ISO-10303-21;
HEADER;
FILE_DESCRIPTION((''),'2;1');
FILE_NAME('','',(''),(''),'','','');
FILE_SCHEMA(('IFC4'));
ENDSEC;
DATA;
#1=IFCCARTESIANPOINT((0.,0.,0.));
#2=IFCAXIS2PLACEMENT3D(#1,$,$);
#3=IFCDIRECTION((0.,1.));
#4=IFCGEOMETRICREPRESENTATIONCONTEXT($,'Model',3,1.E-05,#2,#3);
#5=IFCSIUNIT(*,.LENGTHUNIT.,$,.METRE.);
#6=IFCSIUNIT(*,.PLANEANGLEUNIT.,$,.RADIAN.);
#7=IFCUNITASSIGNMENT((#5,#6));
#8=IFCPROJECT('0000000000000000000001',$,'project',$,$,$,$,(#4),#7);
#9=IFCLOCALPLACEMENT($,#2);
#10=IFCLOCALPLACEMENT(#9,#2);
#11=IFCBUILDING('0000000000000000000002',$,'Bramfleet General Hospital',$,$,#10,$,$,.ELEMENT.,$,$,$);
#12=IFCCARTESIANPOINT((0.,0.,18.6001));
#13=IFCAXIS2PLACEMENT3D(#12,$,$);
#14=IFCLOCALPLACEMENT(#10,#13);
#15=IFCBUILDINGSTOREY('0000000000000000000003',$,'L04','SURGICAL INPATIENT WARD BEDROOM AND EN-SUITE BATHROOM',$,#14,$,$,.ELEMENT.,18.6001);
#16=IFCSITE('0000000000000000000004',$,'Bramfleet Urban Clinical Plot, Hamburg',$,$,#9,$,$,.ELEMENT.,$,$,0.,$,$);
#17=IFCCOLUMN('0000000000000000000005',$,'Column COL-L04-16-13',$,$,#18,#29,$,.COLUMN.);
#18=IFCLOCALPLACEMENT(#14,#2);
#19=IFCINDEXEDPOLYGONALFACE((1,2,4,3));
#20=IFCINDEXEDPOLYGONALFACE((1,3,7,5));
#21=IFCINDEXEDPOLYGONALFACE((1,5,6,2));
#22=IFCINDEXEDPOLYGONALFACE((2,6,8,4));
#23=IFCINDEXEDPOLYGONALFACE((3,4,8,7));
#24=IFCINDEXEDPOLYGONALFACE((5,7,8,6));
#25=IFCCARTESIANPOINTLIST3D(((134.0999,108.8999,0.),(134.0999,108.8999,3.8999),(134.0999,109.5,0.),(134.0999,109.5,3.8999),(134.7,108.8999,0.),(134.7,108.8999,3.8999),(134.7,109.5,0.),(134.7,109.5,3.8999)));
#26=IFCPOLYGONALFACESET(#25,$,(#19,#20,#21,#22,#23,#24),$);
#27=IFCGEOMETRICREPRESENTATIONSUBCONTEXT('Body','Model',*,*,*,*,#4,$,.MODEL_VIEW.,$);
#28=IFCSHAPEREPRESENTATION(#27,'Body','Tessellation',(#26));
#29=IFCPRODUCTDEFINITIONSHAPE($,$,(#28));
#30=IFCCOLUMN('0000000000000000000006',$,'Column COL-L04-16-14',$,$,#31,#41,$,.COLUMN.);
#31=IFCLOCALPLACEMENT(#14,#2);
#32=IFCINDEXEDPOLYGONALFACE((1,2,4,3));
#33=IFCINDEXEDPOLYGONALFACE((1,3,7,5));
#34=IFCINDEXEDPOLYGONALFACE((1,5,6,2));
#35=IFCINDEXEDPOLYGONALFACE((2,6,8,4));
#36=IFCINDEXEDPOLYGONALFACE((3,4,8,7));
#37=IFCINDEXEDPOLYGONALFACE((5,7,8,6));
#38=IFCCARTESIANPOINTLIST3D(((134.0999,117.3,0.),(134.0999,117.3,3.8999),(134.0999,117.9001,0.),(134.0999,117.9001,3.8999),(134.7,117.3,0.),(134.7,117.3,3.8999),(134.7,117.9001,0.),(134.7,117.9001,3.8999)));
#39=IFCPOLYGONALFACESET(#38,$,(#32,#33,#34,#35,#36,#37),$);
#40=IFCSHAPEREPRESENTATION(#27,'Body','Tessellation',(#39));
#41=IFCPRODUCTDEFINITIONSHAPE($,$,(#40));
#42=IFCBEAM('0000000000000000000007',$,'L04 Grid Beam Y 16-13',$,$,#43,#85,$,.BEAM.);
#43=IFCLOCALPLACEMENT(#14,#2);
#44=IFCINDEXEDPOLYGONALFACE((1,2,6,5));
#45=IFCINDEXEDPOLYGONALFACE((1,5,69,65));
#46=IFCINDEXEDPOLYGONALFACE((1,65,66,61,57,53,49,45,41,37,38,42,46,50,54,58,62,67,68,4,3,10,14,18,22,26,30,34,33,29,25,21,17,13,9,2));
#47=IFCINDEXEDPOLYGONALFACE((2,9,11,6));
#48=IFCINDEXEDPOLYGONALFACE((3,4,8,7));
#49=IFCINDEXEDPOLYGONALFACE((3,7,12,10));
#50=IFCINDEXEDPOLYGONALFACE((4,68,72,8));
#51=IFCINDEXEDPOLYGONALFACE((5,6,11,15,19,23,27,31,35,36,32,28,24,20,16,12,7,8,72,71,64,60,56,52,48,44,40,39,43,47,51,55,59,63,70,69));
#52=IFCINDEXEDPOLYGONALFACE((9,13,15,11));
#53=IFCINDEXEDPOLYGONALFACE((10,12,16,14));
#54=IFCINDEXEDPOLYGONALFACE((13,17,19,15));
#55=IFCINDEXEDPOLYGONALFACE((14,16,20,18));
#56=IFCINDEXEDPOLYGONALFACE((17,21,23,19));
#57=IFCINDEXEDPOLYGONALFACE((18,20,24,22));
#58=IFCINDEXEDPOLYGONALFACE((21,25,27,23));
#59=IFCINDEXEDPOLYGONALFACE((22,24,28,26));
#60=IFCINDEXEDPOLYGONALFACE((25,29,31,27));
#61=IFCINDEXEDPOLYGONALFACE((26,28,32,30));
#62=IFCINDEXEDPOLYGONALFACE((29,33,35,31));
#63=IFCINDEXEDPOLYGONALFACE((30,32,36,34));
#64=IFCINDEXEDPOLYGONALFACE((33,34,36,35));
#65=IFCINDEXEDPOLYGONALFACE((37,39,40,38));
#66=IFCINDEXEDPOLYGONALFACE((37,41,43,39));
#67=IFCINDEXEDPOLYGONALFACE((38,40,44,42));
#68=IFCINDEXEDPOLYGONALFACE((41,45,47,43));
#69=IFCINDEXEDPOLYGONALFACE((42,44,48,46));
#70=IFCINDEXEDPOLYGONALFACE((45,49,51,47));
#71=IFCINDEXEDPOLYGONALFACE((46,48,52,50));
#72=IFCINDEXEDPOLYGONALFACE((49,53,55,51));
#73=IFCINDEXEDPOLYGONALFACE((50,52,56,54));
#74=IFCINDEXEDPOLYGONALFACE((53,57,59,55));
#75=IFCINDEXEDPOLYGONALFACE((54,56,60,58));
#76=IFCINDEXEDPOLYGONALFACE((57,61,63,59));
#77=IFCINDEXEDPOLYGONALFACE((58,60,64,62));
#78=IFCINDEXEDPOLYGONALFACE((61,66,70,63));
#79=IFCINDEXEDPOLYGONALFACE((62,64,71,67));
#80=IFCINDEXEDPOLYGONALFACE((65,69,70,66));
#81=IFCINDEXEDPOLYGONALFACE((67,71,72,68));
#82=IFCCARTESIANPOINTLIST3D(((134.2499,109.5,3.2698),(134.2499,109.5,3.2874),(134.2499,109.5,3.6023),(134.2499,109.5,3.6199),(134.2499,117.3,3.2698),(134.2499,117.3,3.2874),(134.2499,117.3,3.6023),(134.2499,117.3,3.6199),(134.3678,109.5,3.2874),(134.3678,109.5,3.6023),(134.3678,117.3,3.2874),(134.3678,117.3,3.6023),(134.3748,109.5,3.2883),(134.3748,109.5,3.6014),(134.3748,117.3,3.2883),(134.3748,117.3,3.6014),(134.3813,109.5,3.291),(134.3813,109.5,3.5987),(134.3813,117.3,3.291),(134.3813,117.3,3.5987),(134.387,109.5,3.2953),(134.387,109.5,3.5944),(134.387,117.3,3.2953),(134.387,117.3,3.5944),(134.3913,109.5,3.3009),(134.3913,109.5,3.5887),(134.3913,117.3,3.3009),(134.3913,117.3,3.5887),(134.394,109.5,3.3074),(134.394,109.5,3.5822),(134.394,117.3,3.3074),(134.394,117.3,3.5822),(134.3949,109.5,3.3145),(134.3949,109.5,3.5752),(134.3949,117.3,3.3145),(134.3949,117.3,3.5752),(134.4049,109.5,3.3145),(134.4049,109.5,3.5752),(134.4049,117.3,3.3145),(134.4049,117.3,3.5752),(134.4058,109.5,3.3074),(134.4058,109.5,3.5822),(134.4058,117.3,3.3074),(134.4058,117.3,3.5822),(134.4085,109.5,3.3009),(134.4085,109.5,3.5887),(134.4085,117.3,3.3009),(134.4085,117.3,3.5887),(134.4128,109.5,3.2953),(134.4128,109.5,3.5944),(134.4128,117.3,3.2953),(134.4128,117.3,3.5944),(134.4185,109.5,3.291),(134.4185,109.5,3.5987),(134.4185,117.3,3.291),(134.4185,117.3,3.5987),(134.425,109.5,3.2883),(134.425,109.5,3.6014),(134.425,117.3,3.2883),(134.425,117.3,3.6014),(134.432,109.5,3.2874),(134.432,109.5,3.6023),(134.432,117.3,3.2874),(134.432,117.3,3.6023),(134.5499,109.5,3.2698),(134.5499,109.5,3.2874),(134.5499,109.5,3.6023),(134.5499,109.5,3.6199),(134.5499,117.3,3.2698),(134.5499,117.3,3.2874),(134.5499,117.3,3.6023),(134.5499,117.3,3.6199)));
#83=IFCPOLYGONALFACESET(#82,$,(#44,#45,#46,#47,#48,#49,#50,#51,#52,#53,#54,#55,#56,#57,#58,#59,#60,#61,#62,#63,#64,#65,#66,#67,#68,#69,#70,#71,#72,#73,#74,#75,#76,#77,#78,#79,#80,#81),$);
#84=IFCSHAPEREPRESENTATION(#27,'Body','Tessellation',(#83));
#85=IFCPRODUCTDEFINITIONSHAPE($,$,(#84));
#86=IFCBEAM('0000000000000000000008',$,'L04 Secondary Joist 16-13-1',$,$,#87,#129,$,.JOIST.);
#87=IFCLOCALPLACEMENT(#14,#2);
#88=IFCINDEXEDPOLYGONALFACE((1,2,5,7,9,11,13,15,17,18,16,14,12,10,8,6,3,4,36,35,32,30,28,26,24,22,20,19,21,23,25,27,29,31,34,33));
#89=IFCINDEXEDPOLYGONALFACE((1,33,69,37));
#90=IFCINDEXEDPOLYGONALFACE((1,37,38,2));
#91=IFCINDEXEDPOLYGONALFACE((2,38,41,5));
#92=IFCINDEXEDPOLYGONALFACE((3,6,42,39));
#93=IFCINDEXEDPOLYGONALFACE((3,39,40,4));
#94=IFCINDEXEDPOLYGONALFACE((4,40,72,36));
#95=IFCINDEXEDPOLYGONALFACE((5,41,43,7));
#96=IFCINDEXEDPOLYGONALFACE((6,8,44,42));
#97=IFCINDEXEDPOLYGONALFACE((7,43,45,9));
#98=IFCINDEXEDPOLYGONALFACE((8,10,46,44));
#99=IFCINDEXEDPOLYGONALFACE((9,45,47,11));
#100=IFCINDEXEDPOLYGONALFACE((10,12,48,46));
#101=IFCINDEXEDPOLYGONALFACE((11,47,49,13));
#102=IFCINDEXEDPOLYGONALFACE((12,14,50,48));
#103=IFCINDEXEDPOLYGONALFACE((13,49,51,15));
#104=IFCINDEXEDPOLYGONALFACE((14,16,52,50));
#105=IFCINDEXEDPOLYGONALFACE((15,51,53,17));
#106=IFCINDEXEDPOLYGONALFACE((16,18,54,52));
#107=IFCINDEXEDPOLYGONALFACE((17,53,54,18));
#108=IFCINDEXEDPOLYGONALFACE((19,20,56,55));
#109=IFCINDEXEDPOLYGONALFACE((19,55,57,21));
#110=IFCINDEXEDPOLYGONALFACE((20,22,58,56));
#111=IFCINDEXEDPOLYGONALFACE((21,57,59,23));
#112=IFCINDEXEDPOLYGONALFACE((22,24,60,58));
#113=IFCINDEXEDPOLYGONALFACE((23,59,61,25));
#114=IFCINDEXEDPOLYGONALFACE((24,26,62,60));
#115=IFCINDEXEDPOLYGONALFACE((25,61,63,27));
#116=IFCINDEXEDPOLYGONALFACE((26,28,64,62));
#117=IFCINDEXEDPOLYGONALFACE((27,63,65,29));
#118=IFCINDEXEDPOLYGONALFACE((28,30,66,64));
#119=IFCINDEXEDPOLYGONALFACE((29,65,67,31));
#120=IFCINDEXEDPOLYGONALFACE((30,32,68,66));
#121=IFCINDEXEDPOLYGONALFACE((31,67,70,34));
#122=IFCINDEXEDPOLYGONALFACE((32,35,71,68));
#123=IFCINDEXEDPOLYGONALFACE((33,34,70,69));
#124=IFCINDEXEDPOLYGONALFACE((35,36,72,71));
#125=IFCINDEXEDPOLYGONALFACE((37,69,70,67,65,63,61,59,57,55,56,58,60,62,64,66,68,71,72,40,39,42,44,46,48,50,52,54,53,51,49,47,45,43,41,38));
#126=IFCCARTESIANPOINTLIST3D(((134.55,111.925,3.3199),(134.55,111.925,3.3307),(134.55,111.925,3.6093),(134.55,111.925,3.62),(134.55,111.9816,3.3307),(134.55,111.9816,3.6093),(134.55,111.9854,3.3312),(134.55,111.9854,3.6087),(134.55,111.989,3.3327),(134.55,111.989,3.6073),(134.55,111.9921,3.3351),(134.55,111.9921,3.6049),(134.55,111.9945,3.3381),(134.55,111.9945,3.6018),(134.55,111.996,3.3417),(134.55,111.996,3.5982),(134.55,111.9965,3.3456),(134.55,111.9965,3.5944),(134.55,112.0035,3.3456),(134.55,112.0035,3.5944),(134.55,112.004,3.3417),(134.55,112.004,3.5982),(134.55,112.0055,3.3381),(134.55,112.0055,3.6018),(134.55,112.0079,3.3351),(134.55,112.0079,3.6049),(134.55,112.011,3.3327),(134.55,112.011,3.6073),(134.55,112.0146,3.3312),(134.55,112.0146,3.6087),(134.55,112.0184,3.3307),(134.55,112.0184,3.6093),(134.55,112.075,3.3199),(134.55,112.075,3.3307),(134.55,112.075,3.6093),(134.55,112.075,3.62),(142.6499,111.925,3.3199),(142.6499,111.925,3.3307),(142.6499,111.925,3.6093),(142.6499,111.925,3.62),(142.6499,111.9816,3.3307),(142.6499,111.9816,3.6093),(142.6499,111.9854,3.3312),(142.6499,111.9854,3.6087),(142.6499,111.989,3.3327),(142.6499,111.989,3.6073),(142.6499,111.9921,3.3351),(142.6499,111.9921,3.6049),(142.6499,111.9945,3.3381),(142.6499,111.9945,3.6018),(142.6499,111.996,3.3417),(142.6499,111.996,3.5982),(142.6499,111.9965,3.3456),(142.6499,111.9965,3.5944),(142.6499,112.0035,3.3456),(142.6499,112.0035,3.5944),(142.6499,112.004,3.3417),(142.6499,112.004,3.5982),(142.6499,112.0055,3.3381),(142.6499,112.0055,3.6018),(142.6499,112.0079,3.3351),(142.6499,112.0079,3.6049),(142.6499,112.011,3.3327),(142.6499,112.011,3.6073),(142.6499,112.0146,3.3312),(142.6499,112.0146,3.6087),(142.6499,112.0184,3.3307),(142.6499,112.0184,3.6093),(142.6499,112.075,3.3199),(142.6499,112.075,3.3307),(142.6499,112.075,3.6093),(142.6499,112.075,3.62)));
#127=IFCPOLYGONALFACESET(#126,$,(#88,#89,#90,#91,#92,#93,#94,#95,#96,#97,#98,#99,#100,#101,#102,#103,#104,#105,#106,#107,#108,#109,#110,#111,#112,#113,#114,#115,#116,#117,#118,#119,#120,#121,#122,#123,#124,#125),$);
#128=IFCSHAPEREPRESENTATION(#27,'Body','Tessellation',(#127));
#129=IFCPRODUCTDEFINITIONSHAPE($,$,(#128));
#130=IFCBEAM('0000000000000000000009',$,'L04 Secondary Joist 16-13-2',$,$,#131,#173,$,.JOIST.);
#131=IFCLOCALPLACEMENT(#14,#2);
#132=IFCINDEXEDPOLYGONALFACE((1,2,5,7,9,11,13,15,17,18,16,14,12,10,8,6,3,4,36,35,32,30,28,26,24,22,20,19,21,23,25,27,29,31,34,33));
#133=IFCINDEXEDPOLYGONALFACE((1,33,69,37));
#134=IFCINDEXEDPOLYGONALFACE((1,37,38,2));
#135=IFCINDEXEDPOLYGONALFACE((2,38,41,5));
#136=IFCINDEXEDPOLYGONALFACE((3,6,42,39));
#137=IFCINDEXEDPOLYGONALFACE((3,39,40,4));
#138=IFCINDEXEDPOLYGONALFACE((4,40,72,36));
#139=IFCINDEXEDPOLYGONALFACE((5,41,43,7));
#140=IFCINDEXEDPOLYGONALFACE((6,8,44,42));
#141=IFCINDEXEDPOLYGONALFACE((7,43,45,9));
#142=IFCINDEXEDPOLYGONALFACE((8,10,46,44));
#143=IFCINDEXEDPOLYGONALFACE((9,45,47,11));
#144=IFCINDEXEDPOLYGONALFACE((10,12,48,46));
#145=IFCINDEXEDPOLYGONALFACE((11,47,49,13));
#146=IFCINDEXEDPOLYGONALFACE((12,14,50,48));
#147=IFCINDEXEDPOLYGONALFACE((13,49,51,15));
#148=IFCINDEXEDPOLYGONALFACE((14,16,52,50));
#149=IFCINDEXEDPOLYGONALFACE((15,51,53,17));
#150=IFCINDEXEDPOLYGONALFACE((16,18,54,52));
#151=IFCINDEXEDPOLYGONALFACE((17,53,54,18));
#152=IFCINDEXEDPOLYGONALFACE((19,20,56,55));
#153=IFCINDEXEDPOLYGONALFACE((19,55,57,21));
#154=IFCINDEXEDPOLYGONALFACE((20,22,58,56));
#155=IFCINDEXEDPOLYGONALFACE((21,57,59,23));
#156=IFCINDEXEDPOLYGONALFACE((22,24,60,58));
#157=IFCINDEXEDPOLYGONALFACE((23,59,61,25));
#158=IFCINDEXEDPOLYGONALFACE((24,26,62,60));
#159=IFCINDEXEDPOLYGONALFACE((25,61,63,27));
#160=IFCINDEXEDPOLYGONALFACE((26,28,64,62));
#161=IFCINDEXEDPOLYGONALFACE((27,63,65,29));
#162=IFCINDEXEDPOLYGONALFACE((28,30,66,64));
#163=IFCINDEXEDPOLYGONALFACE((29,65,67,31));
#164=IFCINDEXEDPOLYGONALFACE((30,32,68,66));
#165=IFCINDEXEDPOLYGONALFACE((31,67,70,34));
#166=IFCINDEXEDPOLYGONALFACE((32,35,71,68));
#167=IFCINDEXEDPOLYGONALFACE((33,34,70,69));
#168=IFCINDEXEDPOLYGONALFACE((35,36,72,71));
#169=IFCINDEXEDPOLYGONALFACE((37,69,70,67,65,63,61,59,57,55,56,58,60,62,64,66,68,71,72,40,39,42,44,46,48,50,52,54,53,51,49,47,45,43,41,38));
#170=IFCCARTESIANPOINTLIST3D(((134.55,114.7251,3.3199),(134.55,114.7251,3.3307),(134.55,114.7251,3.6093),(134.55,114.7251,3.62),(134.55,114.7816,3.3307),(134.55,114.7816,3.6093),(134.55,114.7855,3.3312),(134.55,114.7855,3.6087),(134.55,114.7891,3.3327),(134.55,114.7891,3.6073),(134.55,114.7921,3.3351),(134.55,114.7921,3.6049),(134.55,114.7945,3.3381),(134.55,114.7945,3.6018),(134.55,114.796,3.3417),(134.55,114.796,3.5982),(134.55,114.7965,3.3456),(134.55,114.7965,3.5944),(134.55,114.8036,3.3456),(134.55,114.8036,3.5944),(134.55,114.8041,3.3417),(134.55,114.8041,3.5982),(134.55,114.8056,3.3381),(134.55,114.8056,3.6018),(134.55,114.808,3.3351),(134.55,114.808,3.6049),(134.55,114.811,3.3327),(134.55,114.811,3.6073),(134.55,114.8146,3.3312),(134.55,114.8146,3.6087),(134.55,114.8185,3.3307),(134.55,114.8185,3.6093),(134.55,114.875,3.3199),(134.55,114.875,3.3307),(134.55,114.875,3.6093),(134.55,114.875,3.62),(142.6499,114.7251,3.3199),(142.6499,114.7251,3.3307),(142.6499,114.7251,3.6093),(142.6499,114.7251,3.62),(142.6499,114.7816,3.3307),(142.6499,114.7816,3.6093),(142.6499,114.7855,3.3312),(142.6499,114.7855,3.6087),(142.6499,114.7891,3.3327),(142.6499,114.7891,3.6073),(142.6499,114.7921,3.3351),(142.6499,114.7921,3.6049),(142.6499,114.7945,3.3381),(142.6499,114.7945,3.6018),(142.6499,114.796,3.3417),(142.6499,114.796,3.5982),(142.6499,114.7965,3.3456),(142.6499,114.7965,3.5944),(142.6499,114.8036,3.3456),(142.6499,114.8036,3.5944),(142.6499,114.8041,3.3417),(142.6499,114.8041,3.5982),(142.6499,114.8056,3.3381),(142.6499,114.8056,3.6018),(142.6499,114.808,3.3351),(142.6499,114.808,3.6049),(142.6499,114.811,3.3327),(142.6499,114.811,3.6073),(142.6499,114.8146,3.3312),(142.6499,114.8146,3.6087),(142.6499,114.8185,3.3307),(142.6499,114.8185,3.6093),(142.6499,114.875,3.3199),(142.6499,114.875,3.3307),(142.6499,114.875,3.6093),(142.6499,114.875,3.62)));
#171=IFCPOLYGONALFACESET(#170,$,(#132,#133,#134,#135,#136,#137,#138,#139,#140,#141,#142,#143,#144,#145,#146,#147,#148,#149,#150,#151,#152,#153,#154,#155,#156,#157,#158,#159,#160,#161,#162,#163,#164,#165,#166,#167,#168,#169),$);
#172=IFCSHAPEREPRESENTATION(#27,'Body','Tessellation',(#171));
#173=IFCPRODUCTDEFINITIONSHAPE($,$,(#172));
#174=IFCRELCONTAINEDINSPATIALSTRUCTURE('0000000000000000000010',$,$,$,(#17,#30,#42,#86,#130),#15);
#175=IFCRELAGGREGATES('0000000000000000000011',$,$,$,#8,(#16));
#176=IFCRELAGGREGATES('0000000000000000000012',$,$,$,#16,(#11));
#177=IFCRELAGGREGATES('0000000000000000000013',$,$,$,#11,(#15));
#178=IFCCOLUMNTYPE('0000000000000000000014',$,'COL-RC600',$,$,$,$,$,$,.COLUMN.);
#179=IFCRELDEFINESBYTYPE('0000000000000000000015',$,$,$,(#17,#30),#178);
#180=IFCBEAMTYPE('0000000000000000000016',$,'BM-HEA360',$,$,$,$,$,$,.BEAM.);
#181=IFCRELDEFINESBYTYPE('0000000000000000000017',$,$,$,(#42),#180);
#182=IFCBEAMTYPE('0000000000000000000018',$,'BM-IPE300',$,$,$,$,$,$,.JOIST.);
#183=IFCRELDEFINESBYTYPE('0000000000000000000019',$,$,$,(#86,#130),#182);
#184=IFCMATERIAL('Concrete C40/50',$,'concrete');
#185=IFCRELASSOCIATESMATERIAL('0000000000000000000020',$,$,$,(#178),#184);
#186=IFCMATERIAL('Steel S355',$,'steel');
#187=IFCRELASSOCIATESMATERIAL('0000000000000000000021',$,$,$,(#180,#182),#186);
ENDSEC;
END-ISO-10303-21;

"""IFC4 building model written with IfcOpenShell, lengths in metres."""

from ifc_helpers import new_model, si_unit, direction, frame, origin, origin_2d, place, context, subcontext, project, spatial, rectangle, i_section, extrude, material, material_profile, profile_set, type_object, element, save


model = new_model("IFC4")

# Units and contexts
model_context = context("Model", 3, precision=1e-05, world=origin(), true_north=direction((0.0, 1.0)))
body_context = subcontext(model_context, "Body", "Model", "MODEL_VIEW")
ifc_project = project(units=[si_unit("LENGTHUNIT", "METRE"), si_unit("PLANEANGLEUNIT", "RADIAN")], contexts=[model_context])

# Site, building, storey
site_placement = place(None, origin())
site = spatial("IfcSite", under=ifc_project, at=site_placement, Name="Bramfleet Urban Clinical Plot, Hamburg", CompositionType="ELEMENT", RefElevation=0.0)
building_placement = place(site_placement, origin())
building = spatial("IfcBuilding", under=site, at=building_placement, Name="Bramfleet General Hospital", CompositionType="ELEMENT")
storey_placement = place(building_placement, frame((0.0, 0.0, 18.6001)))
storey = spatial("IfcBuildingStorey", under=building, at=storey_placement, Name="L04", Description="SURGICAL INPATIENT WARD BEDROOM AND EN-SUITE BATHROOM", CompositionType="ELEMENT", Elevation=18.6001)

# Columns
ifc_material_1 = material(Name="Concrete C40/50", Category="concrete")
ifc_material_profile_1 = material_profile(ifc_material_1, rectangle(XDim=0.6001, YDim=0.6001, at=origin_2d()), Name="RC COL 600x600")
ifc_profile_set_1 = profile_set([ifc_material_profile_1], Name="Concrete C40/50")
column_type = type_object("IfcColumnType", Name="COL-RC600", PredefinedType="COLUMN", material=ifc_profile_set_1)
for number, where, z_axis, x_axis, name in (
    (1, (134.3999, 109.2, 0.0), (0.0, 0.0, 1.0), (1.0, 0.0, 0.0), "Column COL-L04-16-13"),
    (2, (134.3999, 117.6001, 0.0), (0.0, 0.0, 1.0), (1.0, 0.0, 0.0), "Column COL-L04-16-14"),
):
    element("IfcColumn", number, at=place(storey_placement, frame(where, z_axis=z_axis, x_axis=x_axis)), inside=storey, type_object=column_type, Name=name, PredefinedType="COLUMN", context=body_context, shape_type="SweptSolid", body=[
        extrude(rectangle(XDim=0.6001, YDim=0.6001, at=origin_2d()), origin(), (0.0, 0.0, 1.0), 3.8999),
    ])

# Beams
ifc_material_2 = material(Name="Steel S355", Category="steel")
ifc_material_profile_2 = material_profile(ifc_material_2, i_section(OverallWidth=0.3, OverallDepth=0.3501, WebThickness=0.01, FlangeThickness=0.0176, FilletRadius=0.0271, at=origin_2d()), Name="HEA 360")
ifc_profile_set_2 = profile_set([ifc_material_profile_2], Name="Steel S355")
beam_type_1 = type_object("IfcBeamType", Name="BM-HEA360", PredefinedType="BEAM", material=ifc_profile_set_2)
beam_1_placement = place(storey_placement, frame((134.3999, 109.5, 3.4448), z_axis=(0.0, 1.0, 0.0), x_axis=(-1.0, 0.0, 0.0)))
element("IfcBeam", 3, at=beam_1_placement, inside=storey, type_object=beam_type_1, Name="L04 Grid Beam Y 16-13", PredefinedType="BEAM", context=body_context, shape_type="SweptSolid", body=[
    extrude(i_section(OverallWidth=0.3, OverallDepth=0.3501, WebThickness=0.01, FlangeThickness=0.0176, FilletRadius=0.0271, at=origin_2d()), origin(), (0.0, 0.0, 1.0), 7.8),
])
ifc_material_profile_3 = material_profile(ifc_material_2, i_section(OverallWidth=0.1499, OverallDepth=0.3, WebThickness=0.0071, FlangeThickness=0.0107, FilletRadius=0.0149, at=origin_2d()), Name="IPE 300")
ifc_profile_set_3 = profile_set([ifc_material_profile_3], Name="Steel S355")
beam_type_2 = type_object("IfcBeamType", Name="BM-IPE300", PredefinedType="JOIST", material=ifc_profile_set_3)
for number, where, z_axis, x_axis, name in (
    (4, (134.55, 112.0, 3.47), (1.0, 0.0, 0.0), (0.0, 1.0, 0.0), "L04 Secondary Joist 16-13-1"),
    (5, (134.55, 114.8, 3.47), (1.0, 0.0, 0.0), (0.0, 1.0, 0.0), "L04 Secondary Joist 16-13-2"),
):
    element("IfcBeam", number, at=place(storey_placement, frame(where, z_axis=z_axis, x_axis=x_axis)), inside=storey, type_object=beam_type_2, Name=name, PredefinedType="JOIST", context=body_context, shape_type="SweptSolid", body=[
        extrude(i_section(OverallWidth=0.1499, OverallDepth=0.3, WebThickness=0.0071, FlangeThickness=0.0107, FilletRadius=0.0149, at=origin_2d()), origin(), (0.0, 0.0, 1.0), 8.0999),
    ])

save(model, "model.ifc")
